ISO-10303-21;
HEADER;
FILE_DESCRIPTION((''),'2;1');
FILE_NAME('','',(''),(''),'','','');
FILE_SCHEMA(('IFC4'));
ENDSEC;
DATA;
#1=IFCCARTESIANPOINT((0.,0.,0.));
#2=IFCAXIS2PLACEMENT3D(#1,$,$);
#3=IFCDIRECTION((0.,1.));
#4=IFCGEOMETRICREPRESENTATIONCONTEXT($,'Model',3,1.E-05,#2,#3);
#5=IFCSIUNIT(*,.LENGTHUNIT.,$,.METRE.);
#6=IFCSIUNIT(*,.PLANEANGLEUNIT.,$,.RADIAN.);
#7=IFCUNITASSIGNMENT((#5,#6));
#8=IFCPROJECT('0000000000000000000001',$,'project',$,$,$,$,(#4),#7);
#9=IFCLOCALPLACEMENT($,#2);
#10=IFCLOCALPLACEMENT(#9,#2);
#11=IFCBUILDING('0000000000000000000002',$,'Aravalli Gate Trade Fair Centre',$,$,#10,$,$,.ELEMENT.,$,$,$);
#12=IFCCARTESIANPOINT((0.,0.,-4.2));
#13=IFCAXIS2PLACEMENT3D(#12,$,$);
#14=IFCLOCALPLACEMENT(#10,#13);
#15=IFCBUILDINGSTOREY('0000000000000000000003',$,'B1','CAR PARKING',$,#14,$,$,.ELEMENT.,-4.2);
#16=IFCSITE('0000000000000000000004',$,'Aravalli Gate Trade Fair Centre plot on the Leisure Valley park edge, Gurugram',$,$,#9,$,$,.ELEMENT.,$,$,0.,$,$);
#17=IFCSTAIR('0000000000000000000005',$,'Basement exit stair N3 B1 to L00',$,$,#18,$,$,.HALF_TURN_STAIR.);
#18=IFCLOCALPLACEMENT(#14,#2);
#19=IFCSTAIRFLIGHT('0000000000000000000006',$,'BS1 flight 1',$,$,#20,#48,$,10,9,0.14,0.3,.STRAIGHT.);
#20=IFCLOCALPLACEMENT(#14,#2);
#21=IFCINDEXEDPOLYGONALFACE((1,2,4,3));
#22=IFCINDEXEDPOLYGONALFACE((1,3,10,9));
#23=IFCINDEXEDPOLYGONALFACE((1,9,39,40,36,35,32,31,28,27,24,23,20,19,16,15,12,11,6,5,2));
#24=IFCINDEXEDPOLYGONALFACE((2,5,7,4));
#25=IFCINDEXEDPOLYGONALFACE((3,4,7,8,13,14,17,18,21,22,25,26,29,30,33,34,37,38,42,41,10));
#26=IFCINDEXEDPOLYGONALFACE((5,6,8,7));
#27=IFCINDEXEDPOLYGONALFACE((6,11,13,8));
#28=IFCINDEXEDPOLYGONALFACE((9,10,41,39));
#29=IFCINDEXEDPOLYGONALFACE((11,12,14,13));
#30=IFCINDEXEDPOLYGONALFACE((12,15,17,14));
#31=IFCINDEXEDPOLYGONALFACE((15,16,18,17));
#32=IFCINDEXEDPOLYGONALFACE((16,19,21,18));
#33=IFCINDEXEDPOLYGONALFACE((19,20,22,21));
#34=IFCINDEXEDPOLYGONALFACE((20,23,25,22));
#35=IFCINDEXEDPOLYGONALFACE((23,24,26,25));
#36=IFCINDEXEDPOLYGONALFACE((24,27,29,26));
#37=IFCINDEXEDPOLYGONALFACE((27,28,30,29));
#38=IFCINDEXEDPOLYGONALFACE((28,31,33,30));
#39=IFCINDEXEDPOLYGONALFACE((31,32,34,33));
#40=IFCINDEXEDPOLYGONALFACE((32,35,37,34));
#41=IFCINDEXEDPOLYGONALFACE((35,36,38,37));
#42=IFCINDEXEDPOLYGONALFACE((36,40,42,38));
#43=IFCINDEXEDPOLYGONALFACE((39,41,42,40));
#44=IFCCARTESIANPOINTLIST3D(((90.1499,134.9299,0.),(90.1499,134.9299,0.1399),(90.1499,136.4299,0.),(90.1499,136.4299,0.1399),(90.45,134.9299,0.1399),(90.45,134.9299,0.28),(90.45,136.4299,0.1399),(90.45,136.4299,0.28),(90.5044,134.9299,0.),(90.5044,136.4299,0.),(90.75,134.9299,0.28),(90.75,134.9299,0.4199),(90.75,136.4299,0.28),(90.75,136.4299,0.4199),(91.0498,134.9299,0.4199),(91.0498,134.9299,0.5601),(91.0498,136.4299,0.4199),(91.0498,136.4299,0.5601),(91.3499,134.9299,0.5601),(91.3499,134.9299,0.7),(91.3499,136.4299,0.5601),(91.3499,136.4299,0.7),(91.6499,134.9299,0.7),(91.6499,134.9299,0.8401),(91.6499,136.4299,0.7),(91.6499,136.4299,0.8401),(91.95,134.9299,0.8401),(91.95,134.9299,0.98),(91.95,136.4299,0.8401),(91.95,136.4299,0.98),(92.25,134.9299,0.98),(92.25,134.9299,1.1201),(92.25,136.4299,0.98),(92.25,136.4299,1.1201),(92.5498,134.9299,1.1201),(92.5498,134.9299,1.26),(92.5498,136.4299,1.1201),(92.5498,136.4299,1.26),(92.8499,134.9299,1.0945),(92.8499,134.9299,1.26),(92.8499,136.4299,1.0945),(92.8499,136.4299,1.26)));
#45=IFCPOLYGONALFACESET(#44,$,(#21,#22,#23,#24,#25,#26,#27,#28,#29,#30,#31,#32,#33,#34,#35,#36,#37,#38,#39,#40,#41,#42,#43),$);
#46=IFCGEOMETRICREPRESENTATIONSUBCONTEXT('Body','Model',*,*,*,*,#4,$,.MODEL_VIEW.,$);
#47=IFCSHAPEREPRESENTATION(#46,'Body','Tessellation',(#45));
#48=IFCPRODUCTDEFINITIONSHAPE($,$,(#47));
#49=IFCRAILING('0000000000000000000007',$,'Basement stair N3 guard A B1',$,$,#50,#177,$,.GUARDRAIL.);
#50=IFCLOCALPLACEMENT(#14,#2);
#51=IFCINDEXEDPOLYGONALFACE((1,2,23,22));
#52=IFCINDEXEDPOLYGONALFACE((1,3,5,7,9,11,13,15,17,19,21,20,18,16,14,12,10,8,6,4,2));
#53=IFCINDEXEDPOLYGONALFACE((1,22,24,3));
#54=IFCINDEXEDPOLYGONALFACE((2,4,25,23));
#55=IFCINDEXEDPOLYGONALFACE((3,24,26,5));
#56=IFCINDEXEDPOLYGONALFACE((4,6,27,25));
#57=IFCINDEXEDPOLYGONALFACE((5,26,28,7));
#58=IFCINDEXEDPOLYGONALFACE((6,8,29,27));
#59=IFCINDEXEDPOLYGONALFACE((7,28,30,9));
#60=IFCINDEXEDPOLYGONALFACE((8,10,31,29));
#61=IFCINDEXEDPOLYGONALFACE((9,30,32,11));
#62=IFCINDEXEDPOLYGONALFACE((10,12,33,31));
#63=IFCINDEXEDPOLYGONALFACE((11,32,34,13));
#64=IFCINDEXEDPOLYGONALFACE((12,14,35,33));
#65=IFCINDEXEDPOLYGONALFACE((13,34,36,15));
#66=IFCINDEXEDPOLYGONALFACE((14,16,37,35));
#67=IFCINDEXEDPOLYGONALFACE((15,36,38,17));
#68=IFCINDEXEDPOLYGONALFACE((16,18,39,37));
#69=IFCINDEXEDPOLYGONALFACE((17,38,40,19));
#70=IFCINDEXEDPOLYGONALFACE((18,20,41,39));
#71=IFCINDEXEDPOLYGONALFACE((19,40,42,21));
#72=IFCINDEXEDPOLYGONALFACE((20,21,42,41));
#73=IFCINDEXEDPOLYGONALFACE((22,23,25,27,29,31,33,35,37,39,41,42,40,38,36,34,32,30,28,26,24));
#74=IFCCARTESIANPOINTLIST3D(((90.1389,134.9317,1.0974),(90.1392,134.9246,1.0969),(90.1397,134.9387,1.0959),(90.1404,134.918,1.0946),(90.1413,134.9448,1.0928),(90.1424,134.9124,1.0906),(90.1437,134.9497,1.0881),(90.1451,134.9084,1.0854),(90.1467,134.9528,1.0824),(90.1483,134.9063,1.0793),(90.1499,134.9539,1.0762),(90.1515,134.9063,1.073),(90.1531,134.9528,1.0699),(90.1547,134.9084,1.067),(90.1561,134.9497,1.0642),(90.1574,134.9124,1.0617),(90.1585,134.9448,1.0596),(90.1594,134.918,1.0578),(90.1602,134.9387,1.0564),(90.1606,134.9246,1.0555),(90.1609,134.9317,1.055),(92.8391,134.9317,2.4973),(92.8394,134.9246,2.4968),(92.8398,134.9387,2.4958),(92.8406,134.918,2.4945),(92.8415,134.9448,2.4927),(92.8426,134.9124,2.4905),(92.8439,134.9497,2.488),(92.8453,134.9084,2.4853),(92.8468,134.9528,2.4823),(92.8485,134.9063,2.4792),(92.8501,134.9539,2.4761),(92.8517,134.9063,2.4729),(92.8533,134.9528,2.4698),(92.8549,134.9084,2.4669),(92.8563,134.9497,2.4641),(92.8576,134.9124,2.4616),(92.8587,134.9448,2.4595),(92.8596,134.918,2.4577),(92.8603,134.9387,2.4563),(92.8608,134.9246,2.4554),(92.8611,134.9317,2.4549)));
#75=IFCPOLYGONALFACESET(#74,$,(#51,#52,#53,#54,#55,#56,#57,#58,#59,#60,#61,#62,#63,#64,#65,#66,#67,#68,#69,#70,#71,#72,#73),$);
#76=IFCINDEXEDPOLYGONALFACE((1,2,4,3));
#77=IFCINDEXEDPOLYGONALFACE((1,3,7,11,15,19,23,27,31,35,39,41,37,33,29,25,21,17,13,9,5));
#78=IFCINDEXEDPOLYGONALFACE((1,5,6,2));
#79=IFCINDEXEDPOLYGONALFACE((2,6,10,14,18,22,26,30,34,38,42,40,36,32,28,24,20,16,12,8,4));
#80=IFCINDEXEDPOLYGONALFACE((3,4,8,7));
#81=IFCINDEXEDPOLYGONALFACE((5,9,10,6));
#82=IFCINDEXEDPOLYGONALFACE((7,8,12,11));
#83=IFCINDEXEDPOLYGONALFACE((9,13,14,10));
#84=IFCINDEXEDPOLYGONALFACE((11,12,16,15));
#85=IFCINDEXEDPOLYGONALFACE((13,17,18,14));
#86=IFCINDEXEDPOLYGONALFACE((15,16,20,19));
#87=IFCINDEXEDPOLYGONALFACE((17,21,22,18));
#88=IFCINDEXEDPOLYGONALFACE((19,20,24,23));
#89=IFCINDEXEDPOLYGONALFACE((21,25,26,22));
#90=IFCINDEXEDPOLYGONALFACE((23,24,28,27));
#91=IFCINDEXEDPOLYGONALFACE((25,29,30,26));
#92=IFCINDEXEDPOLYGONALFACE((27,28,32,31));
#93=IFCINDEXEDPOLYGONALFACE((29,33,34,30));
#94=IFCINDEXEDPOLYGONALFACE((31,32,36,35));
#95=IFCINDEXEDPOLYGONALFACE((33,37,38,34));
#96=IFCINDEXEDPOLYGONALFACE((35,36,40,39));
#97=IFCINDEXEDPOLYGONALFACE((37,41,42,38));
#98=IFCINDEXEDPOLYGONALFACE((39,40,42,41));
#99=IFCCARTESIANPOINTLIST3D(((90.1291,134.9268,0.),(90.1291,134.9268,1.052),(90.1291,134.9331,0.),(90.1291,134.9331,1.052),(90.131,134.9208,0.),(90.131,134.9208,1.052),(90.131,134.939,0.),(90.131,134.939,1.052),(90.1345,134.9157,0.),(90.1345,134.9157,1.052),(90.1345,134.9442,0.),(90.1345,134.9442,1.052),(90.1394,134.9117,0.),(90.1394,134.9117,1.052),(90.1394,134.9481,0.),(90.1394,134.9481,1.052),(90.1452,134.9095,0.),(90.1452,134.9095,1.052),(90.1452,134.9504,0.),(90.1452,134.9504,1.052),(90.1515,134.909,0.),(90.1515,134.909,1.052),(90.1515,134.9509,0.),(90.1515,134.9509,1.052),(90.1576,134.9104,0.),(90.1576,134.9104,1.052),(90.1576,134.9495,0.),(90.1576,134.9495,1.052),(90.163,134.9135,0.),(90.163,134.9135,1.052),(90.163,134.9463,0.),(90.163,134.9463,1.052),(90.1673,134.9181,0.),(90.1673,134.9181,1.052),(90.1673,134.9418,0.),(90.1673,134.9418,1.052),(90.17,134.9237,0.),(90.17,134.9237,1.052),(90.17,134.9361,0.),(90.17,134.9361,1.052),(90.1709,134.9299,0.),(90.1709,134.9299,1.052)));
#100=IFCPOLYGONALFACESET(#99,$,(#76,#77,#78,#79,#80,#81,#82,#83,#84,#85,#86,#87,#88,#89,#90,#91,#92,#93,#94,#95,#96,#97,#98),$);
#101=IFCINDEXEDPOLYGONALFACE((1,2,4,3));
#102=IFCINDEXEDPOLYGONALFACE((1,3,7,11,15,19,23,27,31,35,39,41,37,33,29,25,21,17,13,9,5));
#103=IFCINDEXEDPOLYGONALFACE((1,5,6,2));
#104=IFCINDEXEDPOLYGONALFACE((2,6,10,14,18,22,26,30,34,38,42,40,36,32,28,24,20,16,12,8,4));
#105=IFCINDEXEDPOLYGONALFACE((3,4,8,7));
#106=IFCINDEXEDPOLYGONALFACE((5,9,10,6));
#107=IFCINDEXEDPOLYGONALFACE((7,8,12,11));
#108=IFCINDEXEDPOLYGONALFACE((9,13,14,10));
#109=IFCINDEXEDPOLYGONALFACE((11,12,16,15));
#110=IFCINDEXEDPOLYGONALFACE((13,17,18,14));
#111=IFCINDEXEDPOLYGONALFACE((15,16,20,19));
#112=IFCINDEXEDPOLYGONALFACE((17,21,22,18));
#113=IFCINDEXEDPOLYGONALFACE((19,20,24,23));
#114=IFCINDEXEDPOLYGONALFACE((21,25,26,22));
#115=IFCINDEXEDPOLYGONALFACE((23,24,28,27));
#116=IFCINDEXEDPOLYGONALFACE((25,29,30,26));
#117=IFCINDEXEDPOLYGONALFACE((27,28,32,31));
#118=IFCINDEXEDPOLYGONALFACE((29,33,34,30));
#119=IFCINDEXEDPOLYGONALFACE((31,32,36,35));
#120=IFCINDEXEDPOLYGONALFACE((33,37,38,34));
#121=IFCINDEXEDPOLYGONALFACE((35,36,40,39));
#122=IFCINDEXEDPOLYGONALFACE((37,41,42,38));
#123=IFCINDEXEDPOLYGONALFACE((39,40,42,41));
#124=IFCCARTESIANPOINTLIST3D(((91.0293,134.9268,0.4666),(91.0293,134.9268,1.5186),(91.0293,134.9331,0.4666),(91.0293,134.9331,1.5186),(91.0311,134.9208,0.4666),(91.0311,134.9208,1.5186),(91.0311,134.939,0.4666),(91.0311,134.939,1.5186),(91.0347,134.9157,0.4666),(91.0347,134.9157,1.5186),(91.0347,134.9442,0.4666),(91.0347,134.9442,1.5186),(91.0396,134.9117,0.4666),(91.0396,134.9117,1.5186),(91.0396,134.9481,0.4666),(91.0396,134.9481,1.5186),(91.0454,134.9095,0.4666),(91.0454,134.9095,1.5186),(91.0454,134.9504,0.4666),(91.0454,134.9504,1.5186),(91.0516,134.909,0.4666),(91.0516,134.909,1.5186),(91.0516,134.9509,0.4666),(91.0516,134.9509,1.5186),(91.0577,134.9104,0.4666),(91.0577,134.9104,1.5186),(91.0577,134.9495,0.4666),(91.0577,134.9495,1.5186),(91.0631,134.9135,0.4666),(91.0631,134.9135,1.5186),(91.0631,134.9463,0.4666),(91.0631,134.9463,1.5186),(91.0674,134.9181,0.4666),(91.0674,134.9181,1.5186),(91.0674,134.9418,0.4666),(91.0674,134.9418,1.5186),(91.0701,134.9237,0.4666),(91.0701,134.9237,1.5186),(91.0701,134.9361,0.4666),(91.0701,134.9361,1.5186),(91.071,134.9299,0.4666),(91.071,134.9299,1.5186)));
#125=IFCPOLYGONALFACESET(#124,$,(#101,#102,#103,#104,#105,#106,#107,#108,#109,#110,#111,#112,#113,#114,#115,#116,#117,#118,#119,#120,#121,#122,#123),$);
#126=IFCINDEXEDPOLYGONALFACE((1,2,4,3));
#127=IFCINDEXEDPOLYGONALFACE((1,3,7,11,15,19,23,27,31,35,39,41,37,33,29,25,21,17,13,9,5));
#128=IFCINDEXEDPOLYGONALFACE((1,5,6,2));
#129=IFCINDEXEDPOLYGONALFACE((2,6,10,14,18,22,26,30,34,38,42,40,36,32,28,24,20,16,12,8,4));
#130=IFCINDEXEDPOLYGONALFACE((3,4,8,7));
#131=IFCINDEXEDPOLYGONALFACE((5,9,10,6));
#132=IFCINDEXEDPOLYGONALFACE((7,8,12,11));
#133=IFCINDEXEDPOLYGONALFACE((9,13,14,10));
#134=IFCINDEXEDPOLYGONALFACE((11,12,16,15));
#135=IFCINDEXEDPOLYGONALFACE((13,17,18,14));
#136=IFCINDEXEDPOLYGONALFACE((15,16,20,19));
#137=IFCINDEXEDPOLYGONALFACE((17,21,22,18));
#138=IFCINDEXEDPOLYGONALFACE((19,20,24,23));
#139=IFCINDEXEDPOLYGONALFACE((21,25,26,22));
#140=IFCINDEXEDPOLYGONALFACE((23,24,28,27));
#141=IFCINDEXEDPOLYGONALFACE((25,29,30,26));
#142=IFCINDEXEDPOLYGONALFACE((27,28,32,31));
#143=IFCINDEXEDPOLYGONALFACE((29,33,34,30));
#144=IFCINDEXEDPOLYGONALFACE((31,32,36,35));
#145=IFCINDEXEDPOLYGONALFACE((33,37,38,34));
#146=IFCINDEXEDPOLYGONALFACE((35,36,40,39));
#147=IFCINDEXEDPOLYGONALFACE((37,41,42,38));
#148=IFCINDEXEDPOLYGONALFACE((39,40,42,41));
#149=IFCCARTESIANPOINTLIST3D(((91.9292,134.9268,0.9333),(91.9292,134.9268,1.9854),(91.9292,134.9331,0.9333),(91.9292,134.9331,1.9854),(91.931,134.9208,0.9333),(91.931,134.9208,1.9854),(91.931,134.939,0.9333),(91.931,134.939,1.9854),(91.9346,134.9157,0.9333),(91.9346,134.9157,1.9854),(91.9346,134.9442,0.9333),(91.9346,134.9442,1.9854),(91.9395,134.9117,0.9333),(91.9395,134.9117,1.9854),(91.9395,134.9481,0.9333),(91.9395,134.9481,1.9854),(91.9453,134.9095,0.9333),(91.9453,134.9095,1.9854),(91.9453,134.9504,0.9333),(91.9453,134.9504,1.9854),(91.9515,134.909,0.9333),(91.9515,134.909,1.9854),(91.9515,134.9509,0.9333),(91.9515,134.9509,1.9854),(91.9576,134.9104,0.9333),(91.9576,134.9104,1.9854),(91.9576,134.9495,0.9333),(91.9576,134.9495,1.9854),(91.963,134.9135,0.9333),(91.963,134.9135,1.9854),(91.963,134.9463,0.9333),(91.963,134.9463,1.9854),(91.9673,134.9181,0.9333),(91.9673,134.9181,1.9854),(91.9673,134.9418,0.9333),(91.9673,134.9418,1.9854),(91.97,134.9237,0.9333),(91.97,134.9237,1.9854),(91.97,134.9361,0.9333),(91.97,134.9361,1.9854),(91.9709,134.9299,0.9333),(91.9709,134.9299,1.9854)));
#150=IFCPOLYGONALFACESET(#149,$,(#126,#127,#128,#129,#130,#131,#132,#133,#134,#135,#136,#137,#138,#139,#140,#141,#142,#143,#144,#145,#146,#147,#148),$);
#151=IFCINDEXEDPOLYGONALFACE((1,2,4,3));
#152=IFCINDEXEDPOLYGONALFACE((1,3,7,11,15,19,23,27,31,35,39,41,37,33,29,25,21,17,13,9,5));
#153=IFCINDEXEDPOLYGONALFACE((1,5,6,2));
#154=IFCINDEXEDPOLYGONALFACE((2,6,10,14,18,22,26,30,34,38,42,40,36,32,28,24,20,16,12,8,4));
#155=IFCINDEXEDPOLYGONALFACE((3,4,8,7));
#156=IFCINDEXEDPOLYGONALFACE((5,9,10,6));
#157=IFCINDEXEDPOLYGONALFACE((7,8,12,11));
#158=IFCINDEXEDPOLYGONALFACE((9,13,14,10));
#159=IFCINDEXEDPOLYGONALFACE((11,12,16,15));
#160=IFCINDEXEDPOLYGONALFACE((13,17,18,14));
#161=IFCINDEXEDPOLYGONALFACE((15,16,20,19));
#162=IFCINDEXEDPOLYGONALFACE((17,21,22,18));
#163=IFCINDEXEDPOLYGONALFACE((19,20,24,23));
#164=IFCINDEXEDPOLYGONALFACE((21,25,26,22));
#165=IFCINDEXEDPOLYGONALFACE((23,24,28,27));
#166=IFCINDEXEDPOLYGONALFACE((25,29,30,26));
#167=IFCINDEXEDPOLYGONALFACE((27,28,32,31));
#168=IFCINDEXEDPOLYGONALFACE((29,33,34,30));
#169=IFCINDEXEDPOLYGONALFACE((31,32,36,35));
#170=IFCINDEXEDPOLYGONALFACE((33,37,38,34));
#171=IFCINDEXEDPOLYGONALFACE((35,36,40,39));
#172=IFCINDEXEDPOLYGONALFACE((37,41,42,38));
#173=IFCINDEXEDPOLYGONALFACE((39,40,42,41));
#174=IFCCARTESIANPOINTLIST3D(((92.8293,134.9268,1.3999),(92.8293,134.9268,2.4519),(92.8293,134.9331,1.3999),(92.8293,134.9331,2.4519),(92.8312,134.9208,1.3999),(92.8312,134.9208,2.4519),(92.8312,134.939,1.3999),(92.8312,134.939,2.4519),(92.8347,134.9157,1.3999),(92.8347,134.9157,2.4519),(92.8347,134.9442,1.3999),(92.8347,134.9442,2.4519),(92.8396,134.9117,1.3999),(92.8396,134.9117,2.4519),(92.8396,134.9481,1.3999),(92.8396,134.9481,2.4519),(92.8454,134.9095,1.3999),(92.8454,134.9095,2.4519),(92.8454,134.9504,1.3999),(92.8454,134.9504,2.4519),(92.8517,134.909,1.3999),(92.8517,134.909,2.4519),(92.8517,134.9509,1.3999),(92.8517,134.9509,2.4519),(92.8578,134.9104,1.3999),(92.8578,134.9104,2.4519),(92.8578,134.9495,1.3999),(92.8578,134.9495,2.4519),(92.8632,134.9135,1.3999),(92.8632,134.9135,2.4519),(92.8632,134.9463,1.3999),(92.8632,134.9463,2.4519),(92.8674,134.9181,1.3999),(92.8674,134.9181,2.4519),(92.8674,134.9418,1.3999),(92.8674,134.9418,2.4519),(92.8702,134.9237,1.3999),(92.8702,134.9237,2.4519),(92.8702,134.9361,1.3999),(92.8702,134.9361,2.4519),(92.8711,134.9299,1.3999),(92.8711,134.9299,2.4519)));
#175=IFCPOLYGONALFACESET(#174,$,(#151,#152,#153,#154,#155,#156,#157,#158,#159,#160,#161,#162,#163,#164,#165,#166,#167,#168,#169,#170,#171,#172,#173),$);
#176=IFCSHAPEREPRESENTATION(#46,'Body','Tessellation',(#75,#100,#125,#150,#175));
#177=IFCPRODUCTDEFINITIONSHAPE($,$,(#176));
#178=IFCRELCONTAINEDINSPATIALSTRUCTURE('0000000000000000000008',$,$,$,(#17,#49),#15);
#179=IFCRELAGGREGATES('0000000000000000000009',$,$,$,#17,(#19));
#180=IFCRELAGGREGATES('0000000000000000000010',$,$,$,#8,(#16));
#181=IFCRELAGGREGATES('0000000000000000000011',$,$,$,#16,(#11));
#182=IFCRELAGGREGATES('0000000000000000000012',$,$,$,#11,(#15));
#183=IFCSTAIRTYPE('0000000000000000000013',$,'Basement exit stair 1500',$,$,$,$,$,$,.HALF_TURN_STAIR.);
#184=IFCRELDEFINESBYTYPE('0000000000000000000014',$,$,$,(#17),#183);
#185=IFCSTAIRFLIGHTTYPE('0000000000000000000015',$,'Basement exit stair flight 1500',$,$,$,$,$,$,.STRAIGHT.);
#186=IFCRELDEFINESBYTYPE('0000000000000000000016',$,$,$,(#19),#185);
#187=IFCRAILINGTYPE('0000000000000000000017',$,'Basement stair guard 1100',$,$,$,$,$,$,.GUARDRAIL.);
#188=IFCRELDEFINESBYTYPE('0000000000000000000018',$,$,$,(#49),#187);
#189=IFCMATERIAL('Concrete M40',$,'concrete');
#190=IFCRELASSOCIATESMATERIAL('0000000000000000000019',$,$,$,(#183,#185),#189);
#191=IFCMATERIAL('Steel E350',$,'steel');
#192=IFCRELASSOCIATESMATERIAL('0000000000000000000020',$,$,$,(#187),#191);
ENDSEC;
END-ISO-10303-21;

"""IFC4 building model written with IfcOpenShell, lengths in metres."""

from ifc_helpers import new_model, si_unit, direction, frame, origin, origin_2d, place, context, subcontext, project, spatial, polyline, circle, outline, extrude, material, type_object, element, aggregate, save


model = new_model("IFC4")

# Units and contexts
model_context = context("Model", 3, precision=1e-05, world=origin(), true_north=direction((0.0, 1.0)))
body_context = subcontext(model_context, "Body", "Model", "MODEL_VIEW")
ifc_project = project(units=[si_unit("LENGTHUNIT", "METRE"), si_unit("PLANEANGLEUNIT", "RADIAN")], contexts=[model_context])

# Site, building, storey
site_placement = place(None, origin())
site = spatial("IfcSite", under=ifc_project, at=site_placement, Name="Aravalli Gate Trade Fair Centre plot on the Leisure Valley park edge, Gurugram", CompositionType="ELEMENT", RefElevation=0.0)
building_placement = place(site_placement, origin())
building = spatial("IfcBuilding", under=site, at=building_placement, Name="Aravalli Gate Trade Fair Centre", CompositionType="ELEMENT")
storey_placement = place(building_placement, frame((0.0, 0.0, -4.2)))
storey = spatial("IfcBuildingStorey", under=building, at=storey_placement, Name="B1", Description="CAR PARKING", CompositionType="ELEMENT", Elevation=-4.2)

# Shared definitions
ifc_material_1 = material(Name="Concrete M40", Category="concrete")

# Stair, stair flight
stair_type = type_object("IfcStairType", Name="Basement exit stair 1500", PredefinedType="HALF_TURN_STAIR", material=ifc_material_1)
stair_placement = place(storey_placement, origin())
stair = element("IfcStair", 1, at=stair_placement, inside=storey, type_object=stair_type, Name="Basement exit stair N3 B1 to L00", PredefinedType="HALF_TURN_STAIR")
stair_flight_type = type_object("IfcStairFlightType", Name="Basement exit stair flight 1500", PredefinedType="STRAIGHT", material=ifc_material_1)
stair_flight_placement = place(storey_placement, frame((90.1499, 135.6799, 0.0), z_axis=(0.0, 0.0, 1.0), x_axis=(1.0, 0.0, 0.0)))
stair_flight = element("IfcStairFlight", 2, at=stair_flight_placement, type_object=stair_flight_type, Name="BS1 flight 1", NumberOfRisers=10, NumberOfTreads=9, PredefinedType="STRAIGHT", RiserHeight=0.14, TreadLength=0.3, context=body_context, shape_type="SweptSolid", body=[
    extrude(outline(polyline([(0.0, 0.0), (0.0, 0.1399), (0.3, 0.1399), (0.3, 0.28), (0.6001, 0.28), (0.6001, 0.4199), (0.8999, 0.4199), (0.8999, 0.5601), (1.2, 0.5601), (1.2, 0.7), (1.5, 0.7), (1.5, 0.8401), (1.8, 0.8401), (1.8, 0.98), (2.1001, 0.98), (2.1001, 1.1201), (2.3999, 1.1201), (2.3999, 1.26), (2.7, 1.26), (2.7, 1.3999), (2.7, 1.0945), (0.3545, 0.0), (0.0, 0.0)])), frame((0.0, 0.75, 0.0), z_axis=(0.0, -1.0, 0.0), x_axis=(1.0, 0.0, 0.0)), (0.0, 0.0, 1.0), 1.5),
])
aggregate(stair, [stair_flight])

# Railing
ifc_material_2 = material(Name="Steel E350", Category="steel")
railing_type = type_object("IfcRailingType", Name="Basement stair guard 1100", PredefinedType="GUARDRAIL", material=ifc_material_2)
for number, where, name in (
    (3, (90.1499, 134.9299, 0.0), "Basement stair N3 guard A B1"),
):
    element("IfcRailing", number, at=place(storey_placement, frame(where)), inside=storey, type_object=railing_type, Name=name, PredefinedType="GUARDRAIL", context=body_context, shape_type="SweptSolid", body=[
        extrude(circle(Radius=0.0239, at=origin_2d()), frame((0.0, 0.0, 1.0762), z_axis=(0.887781, 0.0, 0.460266), x_axis=(0.0, 1.0, 0.0)), (0.0, 0.0, 1.0), 3.0415),
        extrude(circle(Radius=0.021, at=origin_2d()), origin(), (0.0, 0.0, 1.0), 1.052),
        extrude(circle(Radius=0.021, at=origin_2d()), frame((0.9001, 0.0, 0.4666)), (0.0, 0.0, 1.0), 1.052),
        extrude(circle(Radius=0.021, at=origin_2d()), frame((1.8, 0.0, 0.9333)), (0.0, 0.0, 1.0), 1.052),
        extrude(circle(Radius=0.021, at=origin_2d()), frame((2.7002, 0.0, 1.3999)), (0.0, 0.0, 1.0), 1.052),
    ])

save(model, "model.ifc")
